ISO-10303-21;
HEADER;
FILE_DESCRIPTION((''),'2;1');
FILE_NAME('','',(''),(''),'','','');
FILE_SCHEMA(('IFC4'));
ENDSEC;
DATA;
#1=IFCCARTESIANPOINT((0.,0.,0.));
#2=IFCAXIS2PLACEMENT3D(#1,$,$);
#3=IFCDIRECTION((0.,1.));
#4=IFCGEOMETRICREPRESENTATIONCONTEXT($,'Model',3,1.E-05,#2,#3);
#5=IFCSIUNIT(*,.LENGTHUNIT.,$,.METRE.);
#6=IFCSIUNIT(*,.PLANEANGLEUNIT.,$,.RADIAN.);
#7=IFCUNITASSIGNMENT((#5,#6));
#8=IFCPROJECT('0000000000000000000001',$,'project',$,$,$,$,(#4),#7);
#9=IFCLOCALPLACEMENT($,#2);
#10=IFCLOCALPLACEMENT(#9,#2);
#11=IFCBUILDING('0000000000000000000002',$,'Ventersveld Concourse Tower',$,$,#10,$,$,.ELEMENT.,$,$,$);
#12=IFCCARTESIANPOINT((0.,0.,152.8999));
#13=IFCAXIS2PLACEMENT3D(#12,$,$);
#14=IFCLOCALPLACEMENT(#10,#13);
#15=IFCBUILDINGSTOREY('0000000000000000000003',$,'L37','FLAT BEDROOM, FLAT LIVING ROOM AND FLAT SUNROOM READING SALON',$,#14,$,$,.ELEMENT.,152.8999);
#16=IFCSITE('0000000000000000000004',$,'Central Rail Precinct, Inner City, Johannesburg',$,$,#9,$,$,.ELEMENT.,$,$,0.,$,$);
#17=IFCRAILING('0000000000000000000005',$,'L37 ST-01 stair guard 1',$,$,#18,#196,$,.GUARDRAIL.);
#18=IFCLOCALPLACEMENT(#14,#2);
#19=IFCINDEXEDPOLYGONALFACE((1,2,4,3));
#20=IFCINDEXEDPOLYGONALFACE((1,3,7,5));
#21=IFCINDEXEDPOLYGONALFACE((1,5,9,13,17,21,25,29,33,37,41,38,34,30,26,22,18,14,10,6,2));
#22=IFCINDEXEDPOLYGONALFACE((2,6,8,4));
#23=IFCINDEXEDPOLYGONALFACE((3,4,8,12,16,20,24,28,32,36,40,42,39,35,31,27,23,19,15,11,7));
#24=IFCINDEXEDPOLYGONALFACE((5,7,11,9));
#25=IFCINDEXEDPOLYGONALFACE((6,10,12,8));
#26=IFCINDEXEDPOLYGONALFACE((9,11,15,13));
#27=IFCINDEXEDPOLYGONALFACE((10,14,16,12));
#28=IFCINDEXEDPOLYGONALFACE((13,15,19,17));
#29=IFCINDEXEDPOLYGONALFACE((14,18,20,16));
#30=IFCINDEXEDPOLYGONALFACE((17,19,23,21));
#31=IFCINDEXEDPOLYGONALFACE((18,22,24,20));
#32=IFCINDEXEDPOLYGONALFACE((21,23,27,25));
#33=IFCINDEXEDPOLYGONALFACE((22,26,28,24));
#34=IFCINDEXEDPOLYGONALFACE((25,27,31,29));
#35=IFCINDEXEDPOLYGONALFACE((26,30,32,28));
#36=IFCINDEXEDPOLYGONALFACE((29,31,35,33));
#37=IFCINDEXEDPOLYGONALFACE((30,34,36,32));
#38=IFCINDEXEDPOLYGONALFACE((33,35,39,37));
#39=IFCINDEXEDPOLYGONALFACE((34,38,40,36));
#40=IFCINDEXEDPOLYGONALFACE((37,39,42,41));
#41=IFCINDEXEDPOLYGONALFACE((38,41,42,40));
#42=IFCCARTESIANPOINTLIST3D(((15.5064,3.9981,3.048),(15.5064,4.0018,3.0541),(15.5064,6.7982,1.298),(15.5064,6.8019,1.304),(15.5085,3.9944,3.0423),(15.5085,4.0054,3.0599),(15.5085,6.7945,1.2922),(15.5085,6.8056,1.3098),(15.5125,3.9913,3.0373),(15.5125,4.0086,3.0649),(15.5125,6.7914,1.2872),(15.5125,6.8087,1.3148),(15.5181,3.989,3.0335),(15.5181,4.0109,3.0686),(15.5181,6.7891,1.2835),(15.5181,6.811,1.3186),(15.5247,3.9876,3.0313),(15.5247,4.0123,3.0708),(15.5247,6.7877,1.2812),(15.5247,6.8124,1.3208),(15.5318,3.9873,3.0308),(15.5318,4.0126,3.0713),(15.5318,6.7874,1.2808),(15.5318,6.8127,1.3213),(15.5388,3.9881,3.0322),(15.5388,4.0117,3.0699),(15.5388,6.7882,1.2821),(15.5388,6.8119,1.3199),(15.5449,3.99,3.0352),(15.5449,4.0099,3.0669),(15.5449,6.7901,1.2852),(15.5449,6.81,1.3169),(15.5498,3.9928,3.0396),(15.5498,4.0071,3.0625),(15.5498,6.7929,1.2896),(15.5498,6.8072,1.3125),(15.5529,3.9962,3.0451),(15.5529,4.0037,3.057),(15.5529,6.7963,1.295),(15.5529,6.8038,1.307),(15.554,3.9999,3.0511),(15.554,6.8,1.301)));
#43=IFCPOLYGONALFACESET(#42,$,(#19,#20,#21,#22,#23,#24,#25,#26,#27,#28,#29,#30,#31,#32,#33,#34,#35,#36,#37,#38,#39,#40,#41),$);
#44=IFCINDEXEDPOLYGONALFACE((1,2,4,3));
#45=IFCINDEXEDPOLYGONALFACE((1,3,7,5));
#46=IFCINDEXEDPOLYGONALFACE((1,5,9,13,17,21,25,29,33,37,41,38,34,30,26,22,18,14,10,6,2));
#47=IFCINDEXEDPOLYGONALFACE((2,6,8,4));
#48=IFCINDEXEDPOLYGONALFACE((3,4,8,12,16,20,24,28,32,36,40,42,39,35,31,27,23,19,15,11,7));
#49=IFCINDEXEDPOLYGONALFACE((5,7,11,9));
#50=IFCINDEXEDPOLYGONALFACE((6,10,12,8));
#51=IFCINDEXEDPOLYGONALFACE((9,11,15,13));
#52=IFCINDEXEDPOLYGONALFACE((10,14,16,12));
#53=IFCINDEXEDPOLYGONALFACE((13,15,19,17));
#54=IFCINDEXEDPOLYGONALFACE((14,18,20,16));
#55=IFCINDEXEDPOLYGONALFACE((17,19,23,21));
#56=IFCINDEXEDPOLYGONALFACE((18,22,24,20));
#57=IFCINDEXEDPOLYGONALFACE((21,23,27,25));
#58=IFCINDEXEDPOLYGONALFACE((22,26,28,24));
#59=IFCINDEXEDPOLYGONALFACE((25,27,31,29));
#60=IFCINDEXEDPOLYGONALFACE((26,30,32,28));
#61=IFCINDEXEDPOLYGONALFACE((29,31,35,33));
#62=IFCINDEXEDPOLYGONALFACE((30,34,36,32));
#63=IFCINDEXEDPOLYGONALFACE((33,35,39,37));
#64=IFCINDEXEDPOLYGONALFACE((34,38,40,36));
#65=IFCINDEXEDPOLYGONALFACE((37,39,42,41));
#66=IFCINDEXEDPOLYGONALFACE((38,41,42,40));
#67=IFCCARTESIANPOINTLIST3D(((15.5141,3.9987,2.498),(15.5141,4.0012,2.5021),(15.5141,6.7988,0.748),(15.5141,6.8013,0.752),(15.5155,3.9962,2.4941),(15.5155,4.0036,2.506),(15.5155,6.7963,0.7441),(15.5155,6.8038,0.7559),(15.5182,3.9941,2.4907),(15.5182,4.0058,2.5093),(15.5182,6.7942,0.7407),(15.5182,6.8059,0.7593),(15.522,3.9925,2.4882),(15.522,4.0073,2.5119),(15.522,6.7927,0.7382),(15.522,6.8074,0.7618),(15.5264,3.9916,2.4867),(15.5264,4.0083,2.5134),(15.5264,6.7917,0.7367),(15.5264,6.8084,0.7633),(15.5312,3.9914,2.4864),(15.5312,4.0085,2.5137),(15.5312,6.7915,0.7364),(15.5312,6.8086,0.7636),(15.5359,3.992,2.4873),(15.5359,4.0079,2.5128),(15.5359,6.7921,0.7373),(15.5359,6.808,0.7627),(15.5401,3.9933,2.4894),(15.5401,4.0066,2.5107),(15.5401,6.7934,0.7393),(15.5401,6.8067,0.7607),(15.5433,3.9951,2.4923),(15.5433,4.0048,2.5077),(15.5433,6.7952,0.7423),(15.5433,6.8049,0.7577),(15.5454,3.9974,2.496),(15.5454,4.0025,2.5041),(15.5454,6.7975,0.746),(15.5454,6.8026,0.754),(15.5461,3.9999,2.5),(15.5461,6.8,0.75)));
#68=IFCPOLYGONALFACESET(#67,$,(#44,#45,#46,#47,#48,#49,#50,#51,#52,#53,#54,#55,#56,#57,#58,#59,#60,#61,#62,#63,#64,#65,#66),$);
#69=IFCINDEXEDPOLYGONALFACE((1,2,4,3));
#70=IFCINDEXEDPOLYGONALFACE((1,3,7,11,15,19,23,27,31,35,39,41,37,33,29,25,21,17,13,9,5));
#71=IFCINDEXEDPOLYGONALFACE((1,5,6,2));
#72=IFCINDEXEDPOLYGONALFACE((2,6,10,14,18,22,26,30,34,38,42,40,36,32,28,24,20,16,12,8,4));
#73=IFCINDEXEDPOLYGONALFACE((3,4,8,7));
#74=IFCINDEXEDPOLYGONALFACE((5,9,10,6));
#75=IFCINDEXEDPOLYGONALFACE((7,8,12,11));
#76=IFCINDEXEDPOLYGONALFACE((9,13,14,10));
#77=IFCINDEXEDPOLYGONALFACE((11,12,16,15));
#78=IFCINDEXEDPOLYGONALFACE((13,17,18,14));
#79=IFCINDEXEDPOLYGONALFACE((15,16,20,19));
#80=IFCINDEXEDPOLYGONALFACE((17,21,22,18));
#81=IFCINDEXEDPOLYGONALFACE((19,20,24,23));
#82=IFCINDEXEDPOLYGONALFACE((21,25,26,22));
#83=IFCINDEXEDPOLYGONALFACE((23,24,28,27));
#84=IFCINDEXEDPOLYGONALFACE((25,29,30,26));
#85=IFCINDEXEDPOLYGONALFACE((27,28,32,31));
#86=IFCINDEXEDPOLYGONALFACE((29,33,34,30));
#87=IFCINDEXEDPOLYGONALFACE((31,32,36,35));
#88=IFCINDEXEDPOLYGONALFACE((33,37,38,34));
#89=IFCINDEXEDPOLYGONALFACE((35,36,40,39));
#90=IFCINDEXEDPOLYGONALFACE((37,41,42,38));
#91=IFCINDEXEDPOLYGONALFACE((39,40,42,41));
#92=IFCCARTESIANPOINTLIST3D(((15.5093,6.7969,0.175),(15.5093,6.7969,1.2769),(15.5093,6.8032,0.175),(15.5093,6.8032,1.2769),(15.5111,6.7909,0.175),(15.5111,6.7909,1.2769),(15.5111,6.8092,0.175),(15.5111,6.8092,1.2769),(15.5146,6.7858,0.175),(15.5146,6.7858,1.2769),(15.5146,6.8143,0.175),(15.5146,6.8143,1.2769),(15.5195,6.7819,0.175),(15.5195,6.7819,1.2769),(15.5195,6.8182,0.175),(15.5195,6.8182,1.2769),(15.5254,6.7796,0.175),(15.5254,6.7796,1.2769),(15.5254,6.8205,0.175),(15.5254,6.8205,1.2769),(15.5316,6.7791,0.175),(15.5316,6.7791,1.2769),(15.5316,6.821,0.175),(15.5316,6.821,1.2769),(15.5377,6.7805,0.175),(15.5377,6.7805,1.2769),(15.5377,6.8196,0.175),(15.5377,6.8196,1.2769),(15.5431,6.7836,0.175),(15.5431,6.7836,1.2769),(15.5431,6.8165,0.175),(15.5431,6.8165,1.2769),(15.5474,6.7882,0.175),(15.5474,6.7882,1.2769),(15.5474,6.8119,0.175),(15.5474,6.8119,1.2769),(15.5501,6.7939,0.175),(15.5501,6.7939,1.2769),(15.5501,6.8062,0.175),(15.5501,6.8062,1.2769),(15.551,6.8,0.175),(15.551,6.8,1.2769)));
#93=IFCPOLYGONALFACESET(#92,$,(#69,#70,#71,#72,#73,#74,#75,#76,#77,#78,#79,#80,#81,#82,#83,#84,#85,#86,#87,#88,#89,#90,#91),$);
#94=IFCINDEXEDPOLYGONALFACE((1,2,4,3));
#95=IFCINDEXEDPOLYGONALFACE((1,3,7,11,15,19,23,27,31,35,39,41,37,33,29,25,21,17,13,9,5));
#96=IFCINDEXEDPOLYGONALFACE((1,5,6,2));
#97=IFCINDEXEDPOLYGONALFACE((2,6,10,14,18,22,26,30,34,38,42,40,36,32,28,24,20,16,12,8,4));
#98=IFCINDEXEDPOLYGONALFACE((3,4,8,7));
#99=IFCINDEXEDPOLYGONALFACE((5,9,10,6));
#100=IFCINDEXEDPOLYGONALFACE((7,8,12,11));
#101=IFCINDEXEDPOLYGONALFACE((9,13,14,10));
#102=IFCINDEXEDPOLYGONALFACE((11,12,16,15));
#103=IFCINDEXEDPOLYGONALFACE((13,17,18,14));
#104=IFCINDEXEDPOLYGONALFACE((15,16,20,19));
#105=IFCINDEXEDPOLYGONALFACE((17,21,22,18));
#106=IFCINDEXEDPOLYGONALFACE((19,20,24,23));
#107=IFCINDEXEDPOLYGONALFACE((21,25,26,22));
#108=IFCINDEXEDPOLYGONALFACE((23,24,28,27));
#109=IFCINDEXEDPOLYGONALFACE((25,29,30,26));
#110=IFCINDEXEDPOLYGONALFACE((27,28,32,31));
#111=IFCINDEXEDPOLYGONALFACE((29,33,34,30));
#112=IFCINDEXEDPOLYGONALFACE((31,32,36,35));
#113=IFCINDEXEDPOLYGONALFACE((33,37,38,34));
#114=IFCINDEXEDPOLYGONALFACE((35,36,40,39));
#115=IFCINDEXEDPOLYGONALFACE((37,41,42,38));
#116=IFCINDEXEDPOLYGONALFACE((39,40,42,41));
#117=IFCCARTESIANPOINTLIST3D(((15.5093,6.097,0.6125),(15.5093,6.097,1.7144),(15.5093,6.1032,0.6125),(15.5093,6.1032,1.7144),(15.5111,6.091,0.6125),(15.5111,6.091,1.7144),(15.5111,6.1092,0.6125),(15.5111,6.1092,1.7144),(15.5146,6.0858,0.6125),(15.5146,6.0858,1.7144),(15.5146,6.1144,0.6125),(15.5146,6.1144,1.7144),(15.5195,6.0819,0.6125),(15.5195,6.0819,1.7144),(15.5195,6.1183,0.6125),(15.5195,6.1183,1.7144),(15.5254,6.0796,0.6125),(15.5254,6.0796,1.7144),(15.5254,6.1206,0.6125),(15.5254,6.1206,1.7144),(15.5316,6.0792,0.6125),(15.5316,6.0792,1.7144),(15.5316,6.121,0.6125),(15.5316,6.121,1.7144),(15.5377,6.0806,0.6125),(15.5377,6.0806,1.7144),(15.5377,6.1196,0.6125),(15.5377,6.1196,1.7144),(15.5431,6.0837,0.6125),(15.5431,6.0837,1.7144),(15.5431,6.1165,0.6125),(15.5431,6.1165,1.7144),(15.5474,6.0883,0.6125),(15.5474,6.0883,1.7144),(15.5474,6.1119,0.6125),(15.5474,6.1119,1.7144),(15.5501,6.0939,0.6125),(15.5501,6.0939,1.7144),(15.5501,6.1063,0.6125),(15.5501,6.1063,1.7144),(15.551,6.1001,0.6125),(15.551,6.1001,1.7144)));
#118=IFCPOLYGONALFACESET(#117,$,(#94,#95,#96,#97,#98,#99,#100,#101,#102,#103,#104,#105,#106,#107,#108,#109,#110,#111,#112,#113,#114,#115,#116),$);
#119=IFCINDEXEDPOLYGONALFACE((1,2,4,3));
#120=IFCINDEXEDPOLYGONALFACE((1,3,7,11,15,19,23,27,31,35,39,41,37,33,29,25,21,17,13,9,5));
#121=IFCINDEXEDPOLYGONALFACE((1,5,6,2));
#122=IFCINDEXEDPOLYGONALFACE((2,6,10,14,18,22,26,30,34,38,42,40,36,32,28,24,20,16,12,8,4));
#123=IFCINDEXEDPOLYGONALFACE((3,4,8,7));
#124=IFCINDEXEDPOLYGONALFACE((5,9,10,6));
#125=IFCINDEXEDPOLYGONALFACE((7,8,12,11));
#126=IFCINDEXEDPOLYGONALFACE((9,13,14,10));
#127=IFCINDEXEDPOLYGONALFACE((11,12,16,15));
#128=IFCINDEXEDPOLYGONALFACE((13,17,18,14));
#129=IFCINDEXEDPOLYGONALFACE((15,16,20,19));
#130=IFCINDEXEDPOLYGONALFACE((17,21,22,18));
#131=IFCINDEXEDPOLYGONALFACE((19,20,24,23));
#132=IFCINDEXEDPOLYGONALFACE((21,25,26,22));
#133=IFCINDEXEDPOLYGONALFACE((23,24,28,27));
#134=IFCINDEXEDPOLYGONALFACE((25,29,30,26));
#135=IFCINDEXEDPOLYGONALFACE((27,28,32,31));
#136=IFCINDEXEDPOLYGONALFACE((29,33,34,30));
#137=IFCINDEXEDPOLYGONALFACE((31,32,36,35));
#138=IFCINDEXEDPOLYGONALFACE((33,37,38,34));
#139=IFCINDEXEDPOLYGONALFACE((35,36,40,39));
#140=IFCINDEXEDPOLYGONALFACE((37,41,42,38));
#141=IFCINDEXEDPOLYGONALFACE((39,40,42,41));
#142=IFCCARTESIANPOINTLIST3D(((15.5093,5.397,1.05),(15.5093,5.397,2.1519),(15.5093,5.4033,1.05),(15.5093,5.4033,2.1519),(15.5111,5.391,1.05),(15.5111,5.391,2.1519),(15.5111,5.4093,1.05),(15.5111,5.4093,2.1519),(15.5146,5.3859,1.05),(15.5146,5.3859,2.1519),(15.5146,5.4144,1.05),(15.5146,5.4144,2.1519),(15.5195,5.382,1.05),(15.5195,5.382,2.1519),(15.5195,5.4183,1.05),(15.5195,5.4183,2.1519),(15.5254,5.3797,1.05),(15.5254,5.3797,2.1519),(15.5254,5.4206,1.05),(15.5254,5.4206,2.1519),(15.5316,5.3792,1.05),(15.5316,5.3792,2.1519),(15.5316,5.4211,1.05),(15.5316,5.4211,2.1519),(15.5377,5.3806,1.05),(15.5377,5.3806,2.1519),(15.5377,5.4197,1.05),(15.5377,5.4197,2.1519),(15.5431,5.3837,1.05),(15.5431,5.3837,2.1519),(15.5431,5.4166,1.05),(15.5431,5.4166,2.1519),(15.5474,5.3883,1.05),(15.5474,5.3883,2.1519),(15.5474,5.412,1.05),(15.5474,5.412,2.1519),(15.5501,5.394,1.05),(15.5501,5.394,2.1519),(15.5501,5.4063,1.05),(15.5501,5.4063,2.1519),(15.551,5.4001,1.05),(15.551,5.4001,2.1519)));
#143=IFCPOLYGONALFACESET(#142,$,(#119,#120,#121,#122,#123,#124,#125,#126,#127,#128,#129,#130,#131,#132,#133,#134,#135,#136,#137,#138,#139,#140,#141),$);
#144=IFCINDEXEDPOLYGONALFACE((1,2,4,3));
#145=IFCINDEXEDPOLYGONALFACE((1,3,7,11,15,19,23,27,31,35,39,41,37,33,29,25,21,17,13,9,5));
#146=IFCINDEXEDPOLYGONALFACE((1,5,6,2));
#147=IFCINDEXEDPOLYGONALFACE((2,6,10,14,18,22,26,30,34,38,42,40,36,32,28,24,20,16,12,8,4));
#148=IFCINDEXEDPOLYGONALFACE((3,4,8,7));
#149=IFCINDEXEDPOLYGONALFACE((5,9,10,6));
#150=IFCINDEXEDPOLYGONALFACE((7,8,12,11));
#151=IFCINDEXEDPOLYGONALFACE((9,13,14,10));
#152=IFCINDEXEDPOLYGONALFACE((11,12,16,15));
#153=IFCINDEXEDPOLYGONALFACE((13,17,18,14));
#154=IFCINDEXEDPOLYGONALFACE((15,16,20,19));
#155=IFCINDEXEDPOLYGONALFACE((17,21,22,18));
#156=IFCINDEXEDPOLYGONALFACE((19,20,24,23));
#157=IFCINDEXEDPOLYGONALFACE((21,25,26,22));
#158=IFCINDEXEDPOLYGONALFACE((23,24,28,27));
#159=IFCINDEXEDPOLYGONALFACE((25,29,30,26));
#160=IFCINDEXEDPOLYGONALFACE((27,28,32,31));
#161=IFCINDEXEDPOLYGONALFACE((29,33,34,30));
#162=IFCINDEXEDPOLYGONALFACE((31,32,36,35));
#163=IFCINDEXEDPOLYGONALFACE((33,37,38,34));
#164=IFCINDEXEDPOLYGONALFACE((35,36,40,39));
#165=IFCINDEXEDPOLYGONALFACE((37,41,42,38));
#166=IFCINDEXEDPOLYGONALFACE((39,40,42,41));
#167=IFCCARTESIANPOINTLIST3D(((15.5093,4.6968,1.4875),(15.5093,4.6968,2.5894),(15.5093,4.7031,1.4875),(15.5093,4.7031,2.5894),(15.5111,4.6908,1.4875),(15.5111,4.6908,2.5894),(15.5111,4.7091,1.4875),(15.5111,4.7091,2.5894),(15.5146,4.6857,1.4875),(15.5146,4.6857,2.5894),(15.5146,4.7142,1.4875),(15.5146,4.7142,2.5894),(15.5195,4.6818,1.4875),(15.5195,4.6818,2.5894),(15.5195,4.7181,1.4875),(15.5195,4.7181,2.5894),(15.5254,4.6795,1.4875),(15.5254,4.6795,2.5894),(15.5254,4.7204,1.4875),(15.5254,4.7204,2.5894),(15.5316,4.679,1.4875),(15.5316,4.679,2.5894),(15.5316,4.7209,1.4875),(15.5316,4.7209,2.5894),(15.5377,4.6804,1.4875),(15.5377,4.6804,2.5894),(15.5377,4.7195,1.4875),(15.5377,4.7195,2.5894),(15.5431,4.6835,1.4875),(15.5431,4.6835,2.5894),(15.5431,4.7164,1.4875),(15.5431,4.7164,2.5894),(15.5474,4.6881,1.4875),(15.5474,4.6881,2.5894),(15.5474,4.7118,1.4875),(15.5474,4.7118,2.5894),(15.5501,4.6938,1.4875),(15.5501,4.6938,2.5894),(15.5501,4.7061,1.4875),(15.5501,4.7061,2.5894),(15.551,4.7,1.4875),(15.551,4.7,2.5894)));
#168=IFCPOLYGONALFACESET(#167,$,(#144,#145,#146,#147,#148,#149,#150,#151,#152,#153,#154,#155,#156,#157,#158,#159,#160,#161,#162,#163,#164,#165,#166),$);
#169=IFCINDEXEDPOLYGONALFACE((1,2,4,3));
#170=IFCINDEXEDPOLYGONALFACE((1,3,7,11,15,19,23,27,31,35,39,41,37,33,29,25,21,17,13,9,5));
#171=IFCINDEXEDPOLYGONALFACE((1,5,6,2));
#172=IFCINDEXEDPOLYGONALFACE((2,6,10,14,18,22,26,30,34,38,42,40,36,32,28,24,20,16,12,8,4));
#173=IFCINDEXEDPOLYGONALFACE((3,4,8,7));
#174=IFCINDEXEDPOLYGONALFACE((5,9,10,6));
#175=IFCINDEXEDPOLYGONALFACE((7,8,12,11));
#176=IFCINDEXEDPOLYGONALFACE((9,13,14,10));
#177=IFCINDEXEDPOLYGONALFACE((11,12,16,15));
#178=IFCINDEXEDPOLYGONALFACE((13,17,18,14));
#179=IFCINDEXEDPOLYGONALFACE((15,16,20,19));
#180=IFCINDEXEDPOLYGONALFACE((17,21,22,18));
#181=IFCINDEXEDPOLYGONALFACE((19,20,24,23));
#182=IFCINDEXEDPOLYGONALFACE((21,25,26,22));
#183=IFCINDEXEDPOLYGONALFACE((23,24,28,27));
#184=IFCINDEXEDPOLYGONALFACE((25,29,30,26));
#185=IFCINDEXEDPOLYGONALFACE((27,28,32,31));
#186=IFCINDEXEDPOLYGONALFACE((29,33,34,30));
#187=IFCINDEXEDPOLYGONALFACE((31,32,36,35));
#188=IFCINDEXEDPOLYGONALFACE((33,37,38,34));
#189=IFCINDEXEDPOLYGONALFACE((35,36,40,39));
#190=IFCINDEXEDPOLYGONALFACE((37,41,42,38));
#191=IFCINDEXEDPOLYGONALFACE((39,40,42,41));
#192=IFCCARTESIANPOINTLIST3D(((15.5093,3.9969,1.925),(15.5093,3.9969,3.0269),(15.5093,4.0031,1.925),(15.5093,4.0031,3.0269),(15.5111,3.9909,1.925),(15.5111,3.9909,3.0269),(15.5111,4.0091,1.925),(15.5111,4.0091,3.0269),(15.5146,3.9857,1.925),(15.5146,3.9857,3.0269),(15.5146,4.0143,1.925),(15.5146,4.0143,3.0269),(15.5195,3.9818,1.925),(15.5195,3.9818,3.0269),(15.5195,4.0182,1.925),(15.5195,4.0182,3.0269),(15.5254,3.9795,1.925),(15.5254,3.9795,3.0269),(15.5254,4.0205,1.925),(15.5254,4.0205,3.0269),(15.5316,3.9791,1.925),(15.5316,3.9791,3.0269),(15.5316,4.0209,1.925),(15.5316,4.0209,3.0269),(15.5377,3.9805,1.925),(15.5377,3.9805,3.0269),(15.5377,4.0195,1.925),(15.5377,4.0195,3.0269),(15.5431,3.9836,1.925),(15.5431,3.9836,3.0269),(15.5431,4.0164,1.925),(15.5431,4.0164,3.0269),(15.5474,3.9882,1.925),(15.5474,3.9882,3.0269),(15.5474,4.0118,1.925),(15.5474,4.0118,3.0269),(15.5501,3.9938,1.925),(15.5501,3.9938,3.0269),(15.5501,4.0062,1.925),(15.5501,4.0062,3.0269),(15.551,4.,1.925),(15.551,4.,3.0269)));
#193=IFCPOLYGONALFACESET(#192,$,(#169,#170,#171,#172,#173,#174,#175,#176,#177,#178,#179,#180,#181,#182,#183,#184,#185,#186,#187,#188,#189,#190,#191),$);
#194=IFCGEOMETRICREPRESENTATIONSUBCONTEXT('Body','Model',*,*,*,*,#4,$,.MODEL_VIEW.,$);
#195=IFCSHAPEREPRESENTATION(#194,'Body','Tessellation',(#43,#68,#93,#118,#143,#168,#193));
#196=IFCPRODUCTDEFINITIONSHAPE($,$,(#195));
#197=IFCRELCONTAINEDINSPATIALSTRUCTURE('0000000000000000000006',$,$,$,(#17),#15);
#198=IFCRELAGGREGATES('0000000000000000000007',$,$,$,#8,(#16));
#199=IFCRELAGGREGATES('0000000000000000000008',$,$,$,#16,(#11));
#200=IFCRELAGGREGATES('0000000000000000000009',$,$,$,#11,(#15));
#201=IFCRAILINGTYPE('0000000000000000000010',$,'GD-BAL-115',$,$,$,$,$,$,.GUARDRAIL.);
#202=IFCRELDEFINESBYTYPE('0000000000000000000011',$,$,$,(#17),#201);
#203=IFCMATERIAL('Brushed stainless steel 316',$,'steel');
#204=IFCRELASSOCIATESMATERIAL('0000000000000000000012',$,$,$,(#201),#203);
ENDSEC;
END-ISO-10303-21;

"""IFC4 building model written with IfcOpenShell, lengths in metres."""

from ifc_helpers import new_model, si_unit, direction, frame, origin, origin_2d, place, context, subcontext, project, spatial, circle, extrude, material, type_object, element, save


model = new_model("IFC4")

# Units and contexts
model_context = context("Model", 3, precision=1e-05, world=origin(), true_north=direction((0.0, 1.0)))
body_context = subcontext(model_context, "Body", "Model", "MODEL_VIEW")
ifc_project = project(units=[si_unit("LENGTHUNIT", "METRE"), si_unit("PLANEANGLEUNIT", "RADIAN")], contexts=[model_context])

# Site, building, storey
site_placement = place(None, origin())
site = spatial("IfcSite", under=ifc_project, at=site_placement, Name="Central Rail Precinct, Inner City, Johannesburg", CompositionType="ELEMENT", RefElevation=0.0)
building_placement = place(site_placement, origin())
building = spatial("IfcBuilding", under=site, at=building_placement, Name="Ventersveld Concourse Tower", CompositionType="ELEMENT")
storey_placement = place(building_placement, frame((0.0, 0.0, 152.8999)))
storey = spatial("IfcBuildingStorey", under=building, at=storey_placement, Name="L37", Description="FLAT BEDROOM, FLAT LIVING ROOM AND FLAT SUNROOM READING SALON", CompositionType="ELEMENT", Elevation=152.8999)

# Shared definitions
ifc_material_1 = material(Name="Brushed stainless steel 316", Category="steel")

# Railing
railing_type = type_object("IfcRailingType", Name="GD-BAL-115", PredefinedType="GUARDRAIL", material=ifc_material_1)
railing_1_placement = place(storey_placement, frame((15.53, 6.8, 0.175)))
element("IfcRailing", 1, at=railing_1_placement, inside=storey, type_object=railing_type, Name="L37 ST-01 stair guard 1", PredefinedType="GUARDRAIL", context=body_context, shape_type="SweptSolid", body=[
    extrude(circle(Radius=0.0239, at=origin_2d()), frame((0.0, 0.0, 1.126), z_axis=(0.0, -0.848002, 0.529992), x_axis=(1.0, 0.0, 0.0)), (0.0, 0.0, 1.0), 3.302),
    extrude(circle(Radius=0.0161, at=origin_2d()), frame((0.0, 0.0, 0.575), z_axis=(0.0, -0.848002, 0.529992), x_axis=(1.0, 0.0, 0.0)), (0.0, 0.0, 1.0), 3.302),
    extrude(circle(Radius=0.021, at=origin_2d()), origin(), (0.0, 0.0, 1.0), 1.1018),
    extrude(circle(Radius=0.021, at=origin_2d()), frame((0.0, -0.7, 0.4375)), (0.0, 0.0, 1.0), 1.1018),
    extrude(circle(Radius=0.021, at=origin_2d()), frame((0.0, -1.3999, 0.875)), (0.0, 0.0, 1.0), 1.1018),
    extrude(circle(Radius=0.021, at=origin_2d()), frame((0.0, -2.1001, 1.3125)), (0.0, 0.0, 1.0), 1.1018),
    extrude(circle(Radius=0.021, at=origin_2d()), frame((0.0, -2.8, 1.75)), (0.0, 0.0, 1.0), 1.1018),
])

save(model, "model.ifc")
